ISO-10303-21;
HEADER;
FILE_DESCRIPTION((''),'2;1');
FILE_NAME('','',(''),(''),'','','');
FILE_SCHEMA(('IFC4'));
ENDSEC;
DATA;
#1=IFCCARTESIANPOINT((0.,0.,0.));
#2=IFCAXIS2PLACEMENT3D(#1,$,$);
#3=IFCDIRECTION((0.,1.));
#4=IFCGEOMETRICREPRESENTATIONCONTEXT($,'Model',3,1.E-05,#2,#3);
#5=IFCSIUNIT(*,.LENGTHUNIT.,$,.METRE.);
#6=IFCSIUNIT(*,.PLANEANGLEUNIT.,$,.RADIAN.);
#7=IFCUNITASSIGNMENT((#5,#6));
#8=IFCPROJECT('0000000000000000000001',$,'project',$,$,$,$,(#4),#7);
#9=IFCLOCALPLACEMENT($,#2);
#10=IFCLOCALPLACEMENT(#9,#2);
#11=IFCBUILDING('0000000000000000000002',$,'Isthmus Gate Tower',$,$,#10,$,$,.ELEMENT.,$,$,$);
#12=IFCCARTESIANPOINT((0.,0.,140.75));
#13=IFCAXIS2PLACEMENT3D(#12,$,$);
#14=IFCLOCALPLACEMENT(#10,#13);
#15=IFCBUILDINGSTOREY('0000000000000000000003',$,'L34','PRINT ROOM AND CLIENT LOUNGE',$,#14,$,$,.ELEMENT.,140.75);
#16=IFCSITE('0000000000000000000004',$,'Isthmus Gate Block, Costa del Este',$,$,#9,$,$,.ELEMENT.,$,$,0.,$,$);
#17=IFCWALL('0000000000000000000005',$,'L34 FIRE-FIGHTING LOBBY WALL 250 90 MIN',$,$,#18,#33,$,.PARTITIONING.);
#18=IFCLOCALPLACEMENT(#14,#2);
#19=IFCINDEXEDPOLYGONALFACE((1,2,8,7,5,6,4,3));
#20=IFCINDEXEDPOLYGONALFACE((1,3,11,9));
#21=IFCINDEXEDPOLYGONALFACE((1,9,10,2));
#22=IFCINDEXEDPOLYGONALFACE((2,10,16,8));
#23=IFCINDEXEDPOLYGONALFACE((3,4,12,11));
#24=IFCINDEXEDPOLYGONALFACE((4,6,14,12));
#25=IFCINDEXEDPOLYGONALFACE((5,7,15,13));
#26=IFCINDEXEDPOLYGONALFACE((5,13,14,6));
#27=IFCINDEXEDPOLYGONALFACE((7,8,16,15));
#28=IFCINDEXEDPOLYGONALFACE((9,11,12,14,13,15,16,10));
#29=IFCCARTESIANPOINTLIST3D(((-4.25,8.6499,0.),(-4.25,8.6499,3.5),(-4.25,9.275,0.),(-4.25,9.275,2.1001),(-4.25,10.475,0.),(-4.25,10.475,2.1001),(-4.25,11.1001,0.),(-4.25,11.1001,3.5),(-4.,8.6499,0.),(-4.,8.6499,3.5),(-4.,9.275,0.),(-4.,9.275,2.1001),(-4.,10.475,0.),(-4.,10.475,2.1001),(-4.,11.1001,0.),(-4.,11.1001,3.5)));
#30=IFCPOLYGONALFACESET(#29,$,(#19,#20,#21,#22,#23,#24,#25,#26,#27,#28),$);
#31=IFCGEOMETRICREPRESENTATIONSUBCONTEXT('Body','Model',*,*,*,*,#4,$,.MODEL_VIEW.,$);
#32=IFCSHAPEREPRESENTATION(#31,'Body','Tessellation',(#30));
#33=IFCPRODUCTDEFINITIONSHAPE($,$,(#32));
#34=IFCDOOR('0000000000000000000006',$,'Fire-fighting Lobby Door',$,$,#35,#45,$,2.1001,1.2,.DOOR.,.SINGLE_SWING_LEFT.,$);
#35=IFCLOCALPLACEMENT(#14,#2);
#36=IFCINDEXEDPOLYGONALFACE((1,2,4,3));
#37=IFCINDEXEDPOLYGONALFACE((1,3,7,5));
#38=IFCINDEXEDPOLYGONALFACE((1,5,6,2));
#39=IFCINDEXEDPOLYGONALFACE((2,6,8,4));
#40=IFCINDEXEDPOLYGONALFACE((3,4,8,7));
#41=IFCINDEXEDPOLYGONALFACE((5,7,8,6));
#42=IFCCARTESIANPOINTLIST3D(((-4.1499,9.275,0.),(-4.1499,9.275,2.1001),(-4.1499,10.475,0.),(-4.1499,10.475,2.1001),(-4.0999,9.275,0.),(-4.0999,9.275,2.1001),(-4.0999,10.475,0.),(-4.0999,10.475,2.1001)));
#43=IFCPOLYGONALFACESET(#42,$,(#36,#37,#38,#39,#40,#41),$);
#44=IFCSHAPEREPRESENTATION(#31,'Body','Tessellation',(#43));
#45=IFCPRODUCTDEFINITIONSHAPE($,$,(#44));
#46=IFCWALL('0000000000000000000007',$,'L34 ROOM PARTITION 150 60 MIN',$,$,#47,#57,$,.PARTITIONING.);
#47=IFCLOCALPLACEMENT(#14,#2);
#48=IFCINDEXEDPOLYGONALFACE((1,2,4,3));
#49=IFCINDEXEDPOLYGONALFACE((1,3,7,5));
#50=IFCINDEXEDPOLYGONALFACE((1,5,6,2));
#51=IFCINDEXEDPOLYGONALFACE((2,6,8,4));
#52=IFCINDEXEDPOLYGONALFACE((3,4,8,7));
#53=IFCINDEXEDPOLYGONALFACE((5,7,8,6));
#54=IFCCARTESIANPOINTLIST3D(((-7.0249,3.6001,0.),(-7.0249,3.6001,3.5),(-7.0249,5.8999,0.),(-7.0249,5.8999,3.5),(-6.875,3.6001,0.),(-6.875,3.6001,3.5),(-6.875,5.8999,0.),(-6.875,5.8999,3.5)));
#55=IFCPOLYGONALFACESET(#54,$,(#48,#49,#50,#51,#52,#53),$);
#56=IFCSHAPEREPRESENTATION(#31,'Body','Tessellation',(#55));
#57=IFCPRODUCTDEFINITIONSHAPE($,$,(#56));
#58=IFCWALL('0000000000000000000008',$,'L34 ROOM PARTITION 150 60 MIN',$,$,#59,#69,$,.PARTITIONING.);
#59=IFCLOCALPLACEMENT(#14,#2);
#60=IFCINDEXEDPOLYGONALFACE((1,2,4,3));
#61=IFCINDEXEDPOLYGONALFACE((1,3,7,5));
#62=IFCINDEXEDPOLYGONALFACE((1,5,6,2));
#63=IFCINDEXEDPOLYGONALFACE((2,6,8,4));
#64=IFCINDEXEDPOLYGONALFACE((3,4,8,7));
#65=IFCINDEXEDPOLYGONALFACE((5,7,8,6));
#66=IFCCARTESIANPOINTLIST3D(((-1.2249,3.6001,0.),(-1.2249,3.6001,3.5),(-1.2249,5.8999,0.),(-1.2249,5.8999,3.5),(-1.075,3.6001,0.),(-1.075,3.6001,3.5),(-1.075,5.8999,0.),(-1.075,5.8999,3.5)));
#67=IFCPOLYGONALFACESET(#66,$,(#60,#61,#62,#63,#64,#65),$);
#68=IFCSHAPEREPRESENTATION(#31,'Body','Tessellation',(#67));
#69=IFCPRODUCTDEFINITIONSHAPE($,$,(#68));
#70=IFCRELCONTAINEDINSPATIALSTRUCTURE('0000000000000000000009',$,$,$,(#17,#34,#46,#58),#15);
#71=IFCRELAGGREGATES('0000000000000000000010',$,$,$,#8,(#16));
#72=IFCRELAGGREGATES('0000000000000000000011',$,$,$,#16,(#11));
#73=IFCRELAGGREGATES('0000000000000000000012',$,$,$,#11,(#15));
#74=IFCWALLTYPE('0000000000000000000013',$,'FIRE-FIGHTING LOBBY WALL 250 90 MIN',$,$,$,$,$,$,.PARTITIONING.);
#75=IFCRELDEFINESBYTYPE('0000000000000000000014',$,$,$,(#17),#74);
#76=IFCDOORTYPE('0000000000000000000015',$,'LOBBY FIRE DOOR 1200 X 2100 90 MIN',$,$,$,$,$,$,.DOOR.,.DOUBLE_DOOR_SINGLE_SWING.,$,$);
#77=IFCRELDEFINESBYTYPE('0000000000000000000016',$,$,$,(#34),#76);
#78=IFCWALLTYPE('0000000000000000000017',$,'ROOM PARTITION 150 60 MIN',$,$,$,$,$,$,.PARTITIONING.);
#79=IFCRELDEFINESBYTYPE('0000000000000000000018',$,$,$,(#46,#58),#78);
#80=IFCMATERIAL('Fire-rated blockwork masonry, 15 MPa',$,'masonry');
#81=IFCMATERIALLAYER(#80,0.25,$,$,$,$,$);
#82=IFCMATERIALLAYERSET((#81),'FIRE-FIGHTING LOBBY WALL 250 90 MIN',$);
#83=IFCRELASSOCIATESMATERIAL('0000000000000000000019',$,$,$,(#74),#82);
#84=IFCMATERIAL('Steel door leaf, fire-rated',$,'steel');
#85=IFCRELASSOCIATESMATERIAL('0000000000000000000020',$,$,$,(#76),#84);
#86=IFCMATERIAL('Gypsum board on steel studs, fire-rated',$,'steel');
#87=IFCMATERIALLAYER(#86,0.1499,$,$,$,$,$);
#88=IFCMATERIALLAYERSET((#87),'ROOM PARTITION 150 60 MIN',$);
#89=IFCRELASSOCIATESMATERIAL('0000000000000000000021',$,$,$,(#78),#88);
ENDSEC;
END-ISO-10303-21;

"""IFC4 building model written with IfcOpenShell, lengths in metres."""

from ifc_helpers import new_model, si_unit, direction, frame, frame_2d, origin, place, context, subcontext, project, spatial, rectangle, extrude, material, layer, layer_set, type_object, element, fill, save


model = new_model("IFC4")

# Units and contexts
model_context = context("Model", 3, precision=1e-05, world=origin(), true_north=direction((0.0, 1.0)))
body_context = subcontext(model_context, "Body", "Model", "MODEL_VIEW")
ifc_project = project(units=[si_unit("LENGTHUNIT", "METRE"), si_unit("PLANEANGLEUNIT", "RADIAN")], contexts=[model_context])

# Site, building, storey
site_placement = place(None, origin())
site = spatial("IfcSite", under=ifc_project, at=site_placement, Name="Isthmus Gate Block, Costa del Este", CompositionType="ELEMENT", RefElevation=0.0)
building_placement = place(site_placement, origin())
building = spatial("IfcBuilding", under=site, at=building_placement, Name="Isthmus Gate Tower", CompositionType="ELEMENT")
storey_placement = place(building_placement, frame((0.0, 0.0, 140.75)))
storey = spatial("IfcBuildingStorey", under=building, at=storey_placement, Name="L34", Description="PRINT ROOM AND CLIENT LOUNGE", CompositionType="ELEMENT", Elevation=140.75)

# Wall, opening, door
ifc_material_1 = material(Name="Fire-rated blockwork masonry, 15 MPa", Category="masonry")
ifc_layer_1 = layer(ifc_material_1, 0.25)
ifc_layer_set_1 = layer_set([ifc_layer_1], Name="FIRE-FIGHTING LOBBY WALL 250 90 MIN")
wall_type_1 = type_object("IfcWallType", Name="FIRE-FIGHTING LOBBY WALL 250 90 MIN", PredefinedType="PARTITIONING", material=ifc_layer_set_1)
wall_1_placement = place(storey_placement, frame((-4.125, 8.6499, 0.0), z_axis=(0.0, 0.0, 1.0), x_axis=(0.0, 1.0, 0.0)))
wall_1 = element("IfcWall", 1, at=wall_1_placement, inside=storey, type_object=wall_type_1, Name="L34 FIRE-FIGHTING LOBBY WALL 250 90 MIN", PredefinedType="PARTITIONING", context=body_context, shape_type="SweptSolid", body=[
    extrude(rectangle(XDim=2.4502, YDim=0.25, at=frame_2d((1.2251, 0.0))), origin(), (0.0, 0.0, 1.0), 3.5),
])
opening_1_placement = place(wall_1_placement, frame((0.625, 0.0, 0.0)))
opening_1 = element("IfcOpeningElement", 2, at=opening_1_placement, cuts=wall_1, PredefinedType="OPENING", context=body_context, shape_type="SweptSolid", body=[
    extrude(rectangle(XDim=1.2, YDim=2.1001, at=frame_2d((0.6001, 1.05))), frame((0.0, 0.135, 0.0), z_axis=(0.0, -1.0, 0.0), x_axis=(1.0, 0.0, 0.0)), (0.0, 0.0, 1.0), 0.27),
])
ifc_material_2 = material(Name="Steel door leaf, fire-rated", Category="steel")
door_type_1 = type_object("IfcDoorType", Name="LOBBY FIRE DOOR 1200 X 2100 90 MIN", OperationType="DOUBLE_DOOR_SINGLE_SWING", PredefinedType="DOOR", material=ifc_material_2)
door_1_placement = place(opening_1_placement, origin())
door_1 = element("IfcDoor", 3, at=door_1_placement, inside=storey, type_object=door_type_1, Name="Fire-fighting Lobby Door", OperationType="SINGLE_SWING_LEFT", OverallHeight=2.1001, OverallWidth=1.2, PredefinedType="DOOR", context=body_context, shape_type="SweptSolid", body=[
    extrude(rectangle(XDim=1.2, YDim=2.1001, at=frame_2d((0.6001, 1.05))), frame((0.0, 0.0249, 0.0), z_axis=(0.0, -1.0, 0.0), x_axis=(1.0, 0.0, 0.0)), (0.0, 0.0, 1.0), 0.05),
])
fill(opening_1, door_1)

# Walls
ifc_material_3 = material(Name="Gypsum board on steel studs, fire-rated", Category="steel")
ifc_layer_2 = layer(ifc_material_3, 0.1499)
ifc_layer_set_2 = layer_set([ifc_layer_2], Name="ROOM PARTITION 150 60 MIN")
wall_type_2 = type_object("IfcWallType", Name="ROOM PARTITION 150 60 MIN", PredefinedType="PARTITIONING", material=ifc_layer_set_2)
for number, where, z_axis, x_axis, name in (
    (4, (-6.95, 3.6001, 0.0), (0.0, 0.0, 1.0), (0.0, 1.0, 0.0), "L34 ROOM PARTITION 150 60 MIN"),
    (5, (-1.1499, 3.6001, 0.0), (0.0, 0.0, 1.0), (0.0, 1.0, 0.0), "L34 ROOM PARTITION 150 60 MIN"),
):
    element("IfcWall", number, at=place(storey_placement, frame(where, z_axis=z_axis, x_axis=x_axis)), inside=storey, type_object=wall_type_2, Name=name, PredefinedType="PARTITIONING", context=body_context, shape_type="SweptSolid", body=[
        extrude(rectangle(XDim=2.2998, YDim=0.1499, at=frame_2d((1.1499, 0.0))), origin(), (0.0, 0.0, 1.0), 3.5),
    ])

save(model, "model.ifc")
